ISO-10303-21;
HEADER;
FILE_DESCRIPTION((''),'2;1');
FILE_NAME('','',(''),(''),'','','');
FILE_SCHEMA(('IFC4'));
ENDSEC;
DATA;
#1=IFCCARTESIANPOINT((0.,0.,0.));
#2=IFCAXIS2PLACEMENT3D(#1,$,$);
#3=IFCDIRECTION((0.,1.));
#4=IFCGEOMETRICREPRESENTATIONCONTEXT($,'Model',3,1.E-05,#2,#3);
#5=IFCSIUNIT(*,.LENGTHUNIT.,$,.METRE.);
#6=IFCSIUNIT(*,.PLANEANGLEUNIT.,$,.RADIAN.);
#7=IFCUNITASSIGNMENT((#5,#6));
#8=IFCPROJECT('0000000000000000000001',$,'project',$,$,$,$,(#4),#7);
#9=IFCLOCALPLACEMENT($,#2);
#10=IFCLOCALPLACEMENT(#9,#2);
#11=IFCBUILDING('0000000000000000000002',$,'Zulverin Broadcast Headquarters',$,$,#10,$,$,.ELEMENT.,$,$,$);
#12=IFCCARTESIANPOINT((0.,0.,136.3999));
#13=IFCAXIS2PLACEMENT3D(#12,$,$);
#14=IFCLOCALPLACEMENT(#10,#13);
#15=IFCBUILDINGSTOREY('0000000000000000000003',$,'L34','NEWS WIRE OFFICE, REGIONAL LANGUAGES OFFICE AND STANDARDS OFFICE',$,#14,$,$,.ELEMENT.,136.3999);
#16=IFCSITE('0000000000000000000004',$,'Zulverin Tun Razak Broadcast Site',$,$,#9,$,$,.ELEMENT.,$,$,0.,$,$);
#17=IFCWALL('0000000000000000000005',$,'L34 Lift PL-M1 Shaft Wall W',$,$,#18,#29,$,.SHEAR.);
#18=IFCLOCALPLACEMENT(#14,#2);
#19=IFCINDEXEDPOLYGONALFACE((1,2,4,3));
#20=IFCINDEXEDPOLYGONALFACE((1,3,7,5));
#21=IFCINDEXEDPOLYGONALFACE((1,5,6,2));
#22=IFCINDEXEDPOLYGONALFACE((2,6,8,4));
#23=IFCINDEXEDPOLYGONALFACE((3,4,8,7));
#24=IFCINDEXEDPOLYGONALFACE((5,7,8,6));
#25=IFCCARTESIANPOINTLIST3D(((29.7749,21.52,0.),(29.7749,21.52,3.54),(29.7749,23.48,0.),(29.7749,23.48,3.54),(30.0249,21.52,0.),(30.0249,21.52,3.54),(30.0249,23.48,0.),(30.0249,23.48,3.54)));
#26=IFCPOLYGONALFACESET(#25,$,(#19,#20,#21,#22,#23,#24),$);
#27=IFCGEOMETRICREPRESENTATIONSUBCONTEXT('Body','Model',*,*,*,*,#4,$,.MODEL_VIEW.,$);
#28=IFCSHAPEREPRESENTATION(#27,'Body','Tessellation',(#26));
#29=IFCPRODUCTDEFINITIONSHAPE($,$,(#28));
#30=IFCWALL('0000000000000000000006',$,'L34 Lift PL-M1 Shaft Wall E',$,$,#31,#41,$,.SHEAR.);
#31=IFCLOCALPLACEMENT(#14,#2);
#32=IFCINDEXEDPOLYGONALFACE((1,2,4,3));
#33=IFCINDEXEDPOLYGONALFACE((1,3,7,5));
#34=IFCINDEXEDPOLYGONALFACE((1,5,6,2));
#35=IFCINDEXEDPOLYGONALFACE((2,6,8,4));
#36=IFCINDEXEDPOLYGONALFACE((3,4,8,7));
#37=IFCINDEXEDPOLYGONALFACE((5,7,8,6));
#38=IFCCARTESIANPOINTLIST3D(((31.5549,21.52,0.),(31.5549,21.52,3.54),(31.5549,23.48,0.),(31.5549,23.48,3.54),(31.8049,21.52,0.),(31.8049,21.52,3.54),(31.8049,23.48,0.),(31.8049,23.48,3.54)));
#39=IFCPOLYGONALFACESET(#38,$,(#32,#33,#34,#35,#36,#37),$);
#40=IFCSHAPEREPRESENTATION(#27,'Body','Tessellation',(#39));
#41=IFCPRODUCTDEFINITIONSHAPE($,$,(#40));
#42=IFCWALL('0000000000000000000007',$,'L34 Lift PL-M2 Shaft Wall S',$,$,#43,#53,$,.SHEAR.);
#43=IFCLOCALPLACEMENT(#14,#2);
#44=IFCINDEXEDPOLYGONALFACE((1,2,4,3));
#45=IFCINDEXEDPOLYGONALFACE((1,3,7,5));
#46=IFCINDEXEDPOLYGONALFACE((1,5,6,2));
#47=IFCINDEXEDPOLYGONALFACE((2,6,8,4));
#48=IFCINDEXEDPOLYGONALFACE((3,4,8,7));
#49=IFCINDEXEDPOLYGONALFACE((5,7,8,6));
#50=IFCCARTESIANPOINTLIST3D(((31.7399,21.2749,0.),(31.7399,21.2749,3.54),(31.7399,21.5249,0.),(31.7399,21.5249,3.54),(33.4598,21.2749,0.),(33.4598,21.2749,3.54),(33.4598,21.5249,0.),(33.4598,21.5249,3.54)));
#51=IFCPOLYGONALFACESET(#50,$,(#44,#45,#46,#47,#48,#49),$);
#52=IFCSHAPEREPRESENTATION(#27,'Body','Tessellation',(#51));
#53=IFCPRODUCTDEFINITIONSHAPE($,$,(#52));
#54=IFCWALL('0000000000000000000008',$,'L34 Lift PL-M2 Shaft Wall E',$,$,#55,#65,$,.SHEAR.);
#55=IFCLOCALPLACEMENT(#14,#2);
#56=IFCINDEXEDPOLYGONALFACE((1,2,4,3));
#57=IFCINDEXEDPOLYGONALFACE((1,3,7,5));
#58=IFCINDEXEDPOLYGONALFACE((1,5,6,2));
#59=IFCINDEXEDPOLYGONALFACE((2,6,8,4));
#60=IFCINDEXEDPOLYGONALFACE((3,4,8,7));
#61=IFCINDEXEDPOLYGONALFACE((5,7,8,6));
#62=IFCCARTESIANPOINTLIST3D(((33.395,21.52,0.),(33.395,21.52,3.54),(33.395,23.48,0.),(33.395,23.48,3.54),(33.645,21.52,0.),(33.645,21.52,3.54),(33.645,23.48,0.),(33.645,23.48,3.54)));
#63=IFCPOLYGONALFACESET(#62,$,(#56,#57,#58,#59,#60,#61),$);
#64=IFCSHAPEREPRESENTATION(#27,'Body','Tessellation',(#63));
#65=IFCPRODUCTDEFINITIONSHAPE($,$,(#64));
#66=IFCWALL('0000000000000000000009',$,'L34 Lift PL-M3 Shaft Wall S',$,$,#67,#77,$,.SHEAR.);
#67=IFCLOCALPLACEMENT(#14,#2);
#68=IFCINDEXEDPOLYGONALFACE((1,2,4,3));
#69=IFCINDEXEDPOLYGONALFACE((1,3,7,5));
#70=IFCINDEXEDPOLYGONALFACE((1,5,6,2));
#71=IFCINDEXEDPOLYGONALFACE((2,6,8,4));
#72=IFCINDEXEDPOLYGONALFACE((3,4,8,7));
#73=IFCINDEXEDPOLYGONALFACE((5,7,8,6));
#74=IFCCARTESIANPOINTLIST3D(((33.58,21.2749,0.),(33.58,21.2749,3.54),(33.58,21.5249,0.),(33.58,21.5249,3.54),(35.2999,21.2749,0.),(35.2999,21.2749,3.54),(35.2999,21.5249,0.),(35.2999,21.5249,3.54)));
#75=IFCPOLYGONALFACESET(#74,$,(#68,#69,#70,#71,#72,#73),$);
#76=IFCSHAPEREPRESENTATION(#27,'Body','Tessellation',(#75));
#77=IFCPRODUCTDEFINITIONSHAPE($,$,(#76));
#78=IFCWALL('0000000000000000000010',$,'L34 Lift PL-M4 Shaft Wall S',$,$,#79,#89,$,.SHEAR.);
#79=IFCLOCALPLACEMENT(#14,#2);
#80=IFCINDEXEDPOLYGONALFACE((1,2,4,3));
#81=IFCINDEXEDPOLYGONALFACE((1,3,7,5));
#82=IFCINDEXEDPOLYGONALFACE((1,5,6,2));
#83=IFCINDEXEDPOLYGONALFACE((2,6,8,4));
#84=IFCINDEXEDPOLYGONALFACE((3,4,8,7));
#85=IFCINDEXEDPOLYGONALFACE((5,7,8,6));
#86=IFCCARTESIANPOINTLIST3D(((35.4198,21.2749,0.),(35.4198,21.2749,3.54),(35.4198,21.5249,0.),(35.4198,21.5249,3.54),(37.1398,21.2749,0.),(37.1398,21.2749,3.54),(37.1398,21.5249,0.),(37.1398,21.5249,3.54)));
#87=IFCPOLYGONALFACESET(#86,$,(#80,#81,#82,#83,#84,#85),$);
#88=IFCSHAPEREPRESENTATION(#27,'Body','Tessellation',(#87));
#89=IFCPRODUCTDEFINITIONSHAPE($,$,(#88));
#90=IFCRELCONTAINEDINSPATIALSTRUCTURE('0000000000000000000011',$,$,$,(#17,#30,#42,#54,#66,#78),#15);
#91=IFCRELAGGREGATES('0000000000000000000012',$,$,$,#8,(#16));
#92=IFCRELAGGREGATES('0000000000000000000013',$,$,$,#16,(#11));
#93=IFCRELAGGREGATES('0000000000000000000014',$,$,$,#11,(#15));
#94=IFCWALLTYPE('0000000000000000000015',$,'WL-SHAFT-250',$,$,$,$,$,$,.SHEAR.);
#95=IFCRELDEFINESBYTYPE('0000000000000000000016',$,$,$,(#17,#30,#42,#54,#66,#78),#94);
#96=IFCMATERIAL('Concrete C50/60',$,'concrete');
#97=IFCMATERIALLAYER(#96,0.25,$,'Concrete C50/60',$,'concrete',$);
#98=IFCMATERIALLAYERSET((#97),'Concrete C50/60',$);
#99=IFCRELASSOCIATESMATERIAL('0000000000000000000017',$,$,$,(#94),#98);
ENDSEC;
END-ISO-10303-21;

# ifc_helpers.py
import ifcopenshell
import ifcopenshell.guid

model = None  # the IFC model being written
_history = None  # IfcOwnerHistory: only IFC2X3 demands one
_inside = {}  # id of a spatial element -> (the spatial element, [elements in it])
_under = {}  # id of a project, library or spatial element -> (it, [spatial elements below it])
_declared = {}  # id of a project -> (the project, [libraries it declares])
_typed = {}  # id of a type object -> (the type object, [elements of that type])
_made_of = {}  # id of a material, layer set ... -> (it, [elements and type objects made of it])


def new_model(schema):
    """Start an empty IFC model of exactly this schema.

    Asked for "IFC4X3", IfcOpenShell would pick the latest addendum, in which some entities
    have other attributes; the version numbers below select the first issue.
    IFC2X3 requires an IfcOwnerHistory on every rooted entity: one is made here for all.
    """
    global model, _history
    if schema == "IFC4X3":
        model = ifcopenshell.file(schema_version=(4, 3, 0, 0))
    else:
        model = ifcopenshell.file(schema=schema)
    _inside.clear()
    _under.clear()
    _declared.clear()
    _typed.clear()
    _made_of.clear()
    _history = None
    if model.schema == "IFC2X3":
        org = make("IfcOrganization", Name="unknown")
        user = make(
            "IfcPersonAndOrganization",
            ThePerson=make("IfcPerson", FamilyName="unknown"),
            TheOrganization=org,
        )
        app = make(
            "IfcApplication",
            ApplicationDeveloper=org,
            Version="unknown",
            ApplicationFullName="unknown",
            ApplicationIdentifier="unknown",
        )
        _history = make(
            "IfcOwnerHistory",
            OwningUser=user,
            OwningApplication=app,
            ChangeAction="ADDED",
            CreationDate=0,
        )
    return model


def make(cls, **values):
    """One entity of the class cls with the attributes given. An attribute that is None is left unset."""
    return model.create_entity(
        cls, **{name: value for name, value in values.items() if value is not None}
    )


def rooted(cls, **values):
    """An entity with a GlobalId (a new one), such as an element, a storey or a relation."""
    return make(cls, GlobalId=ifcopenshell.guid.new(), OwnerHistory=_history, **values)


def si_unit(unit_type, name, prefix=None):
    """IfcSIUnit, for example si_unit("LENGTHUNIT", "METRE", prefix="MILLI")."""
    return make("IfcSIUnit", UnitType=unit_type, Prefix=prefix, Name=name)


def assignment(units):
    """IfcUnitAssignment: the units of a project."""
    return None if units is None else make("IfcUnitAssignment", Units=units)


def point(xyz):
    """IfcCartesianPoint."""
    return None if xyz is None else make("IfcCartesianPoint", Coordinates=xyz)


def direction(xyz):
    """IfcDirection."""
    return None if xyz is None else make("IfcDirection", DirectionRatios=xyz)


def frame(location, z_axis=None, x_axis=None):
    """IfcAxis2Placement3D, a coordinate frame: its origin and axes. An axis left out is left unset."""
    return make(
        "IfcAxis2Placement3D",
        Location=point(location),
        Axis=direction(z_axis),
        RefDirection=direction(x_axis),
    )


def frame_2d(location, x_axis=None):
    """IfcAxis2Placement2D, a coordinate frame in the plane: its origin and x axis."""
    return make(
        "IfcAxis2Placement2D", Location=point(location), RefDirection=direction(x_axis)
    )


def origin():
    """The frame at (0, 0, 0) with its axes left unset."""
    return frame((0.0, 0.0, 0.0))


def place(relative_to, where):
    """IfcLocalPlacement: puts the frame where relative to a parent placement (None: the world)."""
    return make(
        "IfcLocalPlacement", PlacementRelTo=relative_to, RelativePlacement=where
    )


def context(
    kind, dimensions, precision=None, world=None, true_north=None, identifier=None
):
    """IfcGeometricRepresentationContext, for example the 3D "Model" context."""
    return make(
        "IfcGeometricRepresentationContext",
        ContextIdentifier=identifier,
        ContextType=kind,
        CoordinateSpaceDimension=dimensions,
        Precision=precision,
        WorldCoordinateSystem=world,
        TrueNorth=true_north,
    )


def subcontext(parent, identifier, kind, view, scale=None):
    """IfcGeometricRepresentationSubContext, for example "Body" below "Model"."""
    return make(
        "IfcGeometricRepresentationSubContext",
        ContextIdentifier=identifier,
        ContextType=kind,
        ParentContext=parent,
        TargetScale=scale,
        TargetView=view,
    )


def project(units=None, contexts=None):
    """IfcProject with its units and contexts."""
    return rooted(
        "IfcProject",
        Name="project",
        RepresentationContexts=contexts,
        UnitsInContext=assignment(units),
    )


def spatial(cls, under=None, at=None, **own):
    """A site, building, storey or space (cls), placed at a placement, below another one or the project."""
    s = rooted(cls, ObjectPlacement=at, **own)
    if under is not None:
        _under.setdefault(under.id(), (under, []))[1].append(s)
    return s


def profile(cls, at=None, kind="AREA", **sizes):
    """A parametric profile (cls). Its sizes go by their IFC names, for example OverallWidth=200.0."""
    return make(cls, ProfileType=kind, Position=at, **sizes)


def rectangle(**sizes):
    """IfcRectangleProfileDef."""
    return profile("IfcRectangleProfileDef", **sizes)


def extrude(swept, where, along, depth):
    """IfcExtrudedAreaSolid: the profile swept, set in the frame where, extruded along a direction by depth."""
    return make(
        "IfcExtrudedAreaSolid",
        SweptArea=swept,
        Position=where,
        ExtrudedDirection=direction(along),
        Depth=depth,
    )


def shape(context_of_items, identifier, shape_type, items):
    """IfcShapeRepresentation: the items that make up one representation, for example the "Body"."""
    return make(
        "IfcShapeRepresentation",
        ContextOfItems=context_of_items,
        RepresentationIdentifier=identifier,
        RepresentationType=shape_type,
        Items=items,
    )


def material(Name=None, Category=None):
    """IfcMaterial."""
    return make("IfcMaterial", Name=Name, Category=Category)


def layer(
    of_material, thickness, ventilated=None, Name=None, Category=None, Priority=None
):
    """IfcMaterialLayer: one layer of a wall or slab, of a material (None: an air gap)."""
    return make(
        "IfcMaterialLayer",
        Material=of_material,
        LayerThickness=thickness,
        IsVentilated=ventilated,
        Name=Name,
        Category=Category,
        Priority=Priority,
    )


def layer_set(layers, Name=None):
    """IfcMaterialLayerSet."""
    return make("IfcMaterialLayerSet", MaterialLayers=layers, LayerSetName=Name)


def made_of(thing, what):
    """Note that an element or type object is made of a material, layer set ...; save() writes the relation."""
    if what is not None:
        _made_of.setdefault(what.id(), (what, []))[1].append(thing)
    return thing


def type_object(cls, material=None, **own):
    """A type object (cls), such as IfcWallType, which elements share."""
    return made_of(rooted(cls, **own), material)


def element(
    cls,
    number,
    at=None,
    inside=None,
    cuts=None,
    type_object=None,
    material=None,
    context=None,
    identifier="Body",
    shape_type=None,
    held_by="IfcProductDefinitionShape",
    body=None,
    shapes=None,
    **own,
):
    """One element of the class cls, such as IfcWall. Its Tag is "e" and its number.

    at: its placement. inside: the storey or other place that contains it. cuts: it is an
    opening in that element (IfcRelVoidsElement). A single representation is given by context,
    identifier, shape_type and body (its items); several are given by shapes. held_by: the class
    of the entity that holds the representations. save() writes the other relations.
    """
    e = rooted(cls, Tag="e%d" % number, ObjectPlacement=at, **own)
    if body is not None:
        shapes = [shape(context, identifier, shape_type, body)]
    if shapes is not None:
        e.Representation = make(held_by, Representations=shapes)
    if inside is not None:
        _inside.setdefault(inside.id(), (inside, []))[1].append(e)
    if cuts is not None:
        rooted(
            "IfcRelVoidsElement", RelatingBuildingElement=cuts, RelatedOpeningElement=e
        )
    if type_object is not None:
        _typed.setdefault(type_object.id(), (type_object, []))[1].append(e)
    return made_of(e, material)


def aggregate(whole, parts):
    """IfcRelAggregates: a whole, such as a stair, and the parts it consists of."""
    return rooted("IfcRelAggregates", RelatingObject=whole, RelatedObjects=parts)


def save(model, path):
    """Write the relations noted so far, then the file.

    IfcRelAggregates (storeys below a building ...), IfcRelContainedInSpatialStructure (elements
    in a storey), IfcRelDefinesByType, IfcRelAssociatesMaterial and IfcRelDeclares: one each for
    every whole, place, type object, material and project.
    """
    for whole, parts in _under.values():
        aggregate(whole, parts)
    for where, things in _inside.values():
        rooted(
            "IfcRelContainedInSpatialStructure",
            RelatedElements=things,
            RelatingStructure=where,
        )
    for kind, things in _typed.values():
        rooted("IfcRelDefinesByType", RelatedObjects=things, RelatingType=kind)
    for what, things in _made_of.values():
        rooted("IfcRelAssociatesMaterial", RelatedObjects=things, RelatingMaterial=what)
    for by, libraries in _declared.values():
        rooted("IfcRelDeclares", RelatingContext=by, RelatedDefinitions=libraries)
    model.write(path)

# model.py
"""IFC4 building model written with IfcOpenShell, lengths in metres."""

from ifc_helpers import new_model, si_unit, direction, frame, frame_2d, origin, place, context, subcontext, project, spatial, rectangle, extrude, material, layer, layer_set, type_object, element, save


model = new_model("IFC4")

# Units and contexts
model_context = context("Model", 3, precision=1e-05, world=origin(), true_north=direction((0.0, 1.0)))
body_context = subcontext(model_context, "Body", "Model", "MODEL_VIEW")
ifc_project = project(units=[si_unit("LENGTHUNIT", "METRE"), si_unit("PLANEANGLEUNIT", "RADIAN")], contexts=[model_context])

# Site, building, storey
site_placement = place(None, origin())
site = spatial("IfcSite", under=ifc_project, at=site_placement, Name="Zulverin Tun Razak Broadcast Site", CompositionType="ELEMENT", RefElevation=0.0)
building_placement = place(site_placement, origin())
building = spatial("IfcBuilding", under=site, at=building_placement, Name="Zulverin Broadcast Headquarters", CompositionType="ELEMENT")
storey_placement = place(building_placement, frame((0.0, 0.0, 136.3999)))
storey = spatial("IfcBuildingStorey", under=building, at=storey_placement, Name="L34", Description="NEWS WIRE OFFICE, REGIONAL LANGUAGES OFFICE AND STANDARDS OFFICE", CompositionType="ELEMENT", Elevation=136.3999)

# Shared definitions
ifc_material_1 = material(Name="Concrete C50/60", Category="concrete")

# Walls
ifc_layer_1 = layer(ifc_material_1, 0.25, Name="Concrete C50/60", Category="concrete")
ifc_layer_set_1 = layer_set([ifc_layer_1], Name="Concrete C50/60")
wall_type_1 = type_object("IfcWallType", Name="WL-SHAFT-250", PredefinedType="SHEAR", material=ifc_layer_set_1)
for number, where, z_axis, x_axis, name in (
    (1, (29.8999, 21.52, 0.0), (0.0, 0.0, 1.0), (0.0, 1.0, 0.0), "L34 Lift PL-M1 Shaft Wall W"),
    (2, (31.6799, 21.52, 0.0), (0.0, 0.0, 1.0), (0.0, 1.0, 0.0), "L34 Lift PL-M1 Shaft Wall E"),
):
    element("IfcWall", number, at=place(storey_placement, frame(where, z_axis=z_axis, x_axis=x_axis)), inside=storey, type_object=wall_type_1, Name=name, PredefinedType="SHEAR", context=body_context, shape_type="SweptSolid", body=[
        extrude(rectangle(XDim=1.96, YDim=0.25, at=frame_2d((0.98, 0.0))), origin(), (0.0, 0.0, 1.0), 3.54),
    ])
wall_1_placement = place(storey_placement, frame((31.74, 21.3999, 0.0), z_axis=(0.0, 0.0, 1.0), x_axis=(1.0, 0.0, 0.0)))
element("IfcWall", 3, at=wall_1_placement, inside=storey, type_object=wall_type_1, Name="L34 Lift PL-M2 Shaft Wall S", PredefinedType="SHEAR", context=body_context, shape_type="SweptSolid", body=[
    extrude(rectangle(XDim=1.72, YDim=0.25, at=frame_2d((0.8599, 0.0))), origin(), (0.0, 0.0, 1.0), 3.54),
])
wall_2_placement = place(storey_placement, frame((33.52, 21.52, 0.0), z_axis=(0.0, 0.0, 1.0), x_axis=(0.0, 1.0, 0.0)))
element("IfcWall", 4, at=wall_2_placement, inside=storey, type_object=wall_type_1, Name="L34 Lift PL-M2 Shaft Wall E", PredefinedType="SHEAR", context=body_context, shape_type="SweptSolid", body=[
    extrude(rectangle(XDim=1.96, YDim=0.25, at=frame_2d((0.98, 0.0))), origin(), (0.0, 0.0, 1.0), 3.54),
])
for number, where, z_axis, x_axis, name in (
    (5, (33.5801, 21.3999, 0.0), (0.0, 0.0, 1.0), (1.0, 0.0, 0.0), "L34 Lift PL-M3 Shaft Wall S"),
    (6, (35.4199, 21.3999, 0.0), (0.0, 0.0, 1.0), (1.0, 0.0, 0.0), "L34 Lift PL-M4 Shaft Wall S"),
):
    element("IfcWall", number, at=place(storey_placement, frame(where, z_axis=z_axis, x_axis=x_axis)), inside=storey, type_object=wall_type_1, Name=name, PredefinedType="SHEAR", context=body_context, shape_type="SweptSolid", body=[
        extrude(rectangle(XDim=1.72, YDim=0.25, at=frame_2d((0.8599, 0.0))), origin(), (0.0, 0.0, 1.0), 3.54),
    ])

save(model, "model.ifc")
